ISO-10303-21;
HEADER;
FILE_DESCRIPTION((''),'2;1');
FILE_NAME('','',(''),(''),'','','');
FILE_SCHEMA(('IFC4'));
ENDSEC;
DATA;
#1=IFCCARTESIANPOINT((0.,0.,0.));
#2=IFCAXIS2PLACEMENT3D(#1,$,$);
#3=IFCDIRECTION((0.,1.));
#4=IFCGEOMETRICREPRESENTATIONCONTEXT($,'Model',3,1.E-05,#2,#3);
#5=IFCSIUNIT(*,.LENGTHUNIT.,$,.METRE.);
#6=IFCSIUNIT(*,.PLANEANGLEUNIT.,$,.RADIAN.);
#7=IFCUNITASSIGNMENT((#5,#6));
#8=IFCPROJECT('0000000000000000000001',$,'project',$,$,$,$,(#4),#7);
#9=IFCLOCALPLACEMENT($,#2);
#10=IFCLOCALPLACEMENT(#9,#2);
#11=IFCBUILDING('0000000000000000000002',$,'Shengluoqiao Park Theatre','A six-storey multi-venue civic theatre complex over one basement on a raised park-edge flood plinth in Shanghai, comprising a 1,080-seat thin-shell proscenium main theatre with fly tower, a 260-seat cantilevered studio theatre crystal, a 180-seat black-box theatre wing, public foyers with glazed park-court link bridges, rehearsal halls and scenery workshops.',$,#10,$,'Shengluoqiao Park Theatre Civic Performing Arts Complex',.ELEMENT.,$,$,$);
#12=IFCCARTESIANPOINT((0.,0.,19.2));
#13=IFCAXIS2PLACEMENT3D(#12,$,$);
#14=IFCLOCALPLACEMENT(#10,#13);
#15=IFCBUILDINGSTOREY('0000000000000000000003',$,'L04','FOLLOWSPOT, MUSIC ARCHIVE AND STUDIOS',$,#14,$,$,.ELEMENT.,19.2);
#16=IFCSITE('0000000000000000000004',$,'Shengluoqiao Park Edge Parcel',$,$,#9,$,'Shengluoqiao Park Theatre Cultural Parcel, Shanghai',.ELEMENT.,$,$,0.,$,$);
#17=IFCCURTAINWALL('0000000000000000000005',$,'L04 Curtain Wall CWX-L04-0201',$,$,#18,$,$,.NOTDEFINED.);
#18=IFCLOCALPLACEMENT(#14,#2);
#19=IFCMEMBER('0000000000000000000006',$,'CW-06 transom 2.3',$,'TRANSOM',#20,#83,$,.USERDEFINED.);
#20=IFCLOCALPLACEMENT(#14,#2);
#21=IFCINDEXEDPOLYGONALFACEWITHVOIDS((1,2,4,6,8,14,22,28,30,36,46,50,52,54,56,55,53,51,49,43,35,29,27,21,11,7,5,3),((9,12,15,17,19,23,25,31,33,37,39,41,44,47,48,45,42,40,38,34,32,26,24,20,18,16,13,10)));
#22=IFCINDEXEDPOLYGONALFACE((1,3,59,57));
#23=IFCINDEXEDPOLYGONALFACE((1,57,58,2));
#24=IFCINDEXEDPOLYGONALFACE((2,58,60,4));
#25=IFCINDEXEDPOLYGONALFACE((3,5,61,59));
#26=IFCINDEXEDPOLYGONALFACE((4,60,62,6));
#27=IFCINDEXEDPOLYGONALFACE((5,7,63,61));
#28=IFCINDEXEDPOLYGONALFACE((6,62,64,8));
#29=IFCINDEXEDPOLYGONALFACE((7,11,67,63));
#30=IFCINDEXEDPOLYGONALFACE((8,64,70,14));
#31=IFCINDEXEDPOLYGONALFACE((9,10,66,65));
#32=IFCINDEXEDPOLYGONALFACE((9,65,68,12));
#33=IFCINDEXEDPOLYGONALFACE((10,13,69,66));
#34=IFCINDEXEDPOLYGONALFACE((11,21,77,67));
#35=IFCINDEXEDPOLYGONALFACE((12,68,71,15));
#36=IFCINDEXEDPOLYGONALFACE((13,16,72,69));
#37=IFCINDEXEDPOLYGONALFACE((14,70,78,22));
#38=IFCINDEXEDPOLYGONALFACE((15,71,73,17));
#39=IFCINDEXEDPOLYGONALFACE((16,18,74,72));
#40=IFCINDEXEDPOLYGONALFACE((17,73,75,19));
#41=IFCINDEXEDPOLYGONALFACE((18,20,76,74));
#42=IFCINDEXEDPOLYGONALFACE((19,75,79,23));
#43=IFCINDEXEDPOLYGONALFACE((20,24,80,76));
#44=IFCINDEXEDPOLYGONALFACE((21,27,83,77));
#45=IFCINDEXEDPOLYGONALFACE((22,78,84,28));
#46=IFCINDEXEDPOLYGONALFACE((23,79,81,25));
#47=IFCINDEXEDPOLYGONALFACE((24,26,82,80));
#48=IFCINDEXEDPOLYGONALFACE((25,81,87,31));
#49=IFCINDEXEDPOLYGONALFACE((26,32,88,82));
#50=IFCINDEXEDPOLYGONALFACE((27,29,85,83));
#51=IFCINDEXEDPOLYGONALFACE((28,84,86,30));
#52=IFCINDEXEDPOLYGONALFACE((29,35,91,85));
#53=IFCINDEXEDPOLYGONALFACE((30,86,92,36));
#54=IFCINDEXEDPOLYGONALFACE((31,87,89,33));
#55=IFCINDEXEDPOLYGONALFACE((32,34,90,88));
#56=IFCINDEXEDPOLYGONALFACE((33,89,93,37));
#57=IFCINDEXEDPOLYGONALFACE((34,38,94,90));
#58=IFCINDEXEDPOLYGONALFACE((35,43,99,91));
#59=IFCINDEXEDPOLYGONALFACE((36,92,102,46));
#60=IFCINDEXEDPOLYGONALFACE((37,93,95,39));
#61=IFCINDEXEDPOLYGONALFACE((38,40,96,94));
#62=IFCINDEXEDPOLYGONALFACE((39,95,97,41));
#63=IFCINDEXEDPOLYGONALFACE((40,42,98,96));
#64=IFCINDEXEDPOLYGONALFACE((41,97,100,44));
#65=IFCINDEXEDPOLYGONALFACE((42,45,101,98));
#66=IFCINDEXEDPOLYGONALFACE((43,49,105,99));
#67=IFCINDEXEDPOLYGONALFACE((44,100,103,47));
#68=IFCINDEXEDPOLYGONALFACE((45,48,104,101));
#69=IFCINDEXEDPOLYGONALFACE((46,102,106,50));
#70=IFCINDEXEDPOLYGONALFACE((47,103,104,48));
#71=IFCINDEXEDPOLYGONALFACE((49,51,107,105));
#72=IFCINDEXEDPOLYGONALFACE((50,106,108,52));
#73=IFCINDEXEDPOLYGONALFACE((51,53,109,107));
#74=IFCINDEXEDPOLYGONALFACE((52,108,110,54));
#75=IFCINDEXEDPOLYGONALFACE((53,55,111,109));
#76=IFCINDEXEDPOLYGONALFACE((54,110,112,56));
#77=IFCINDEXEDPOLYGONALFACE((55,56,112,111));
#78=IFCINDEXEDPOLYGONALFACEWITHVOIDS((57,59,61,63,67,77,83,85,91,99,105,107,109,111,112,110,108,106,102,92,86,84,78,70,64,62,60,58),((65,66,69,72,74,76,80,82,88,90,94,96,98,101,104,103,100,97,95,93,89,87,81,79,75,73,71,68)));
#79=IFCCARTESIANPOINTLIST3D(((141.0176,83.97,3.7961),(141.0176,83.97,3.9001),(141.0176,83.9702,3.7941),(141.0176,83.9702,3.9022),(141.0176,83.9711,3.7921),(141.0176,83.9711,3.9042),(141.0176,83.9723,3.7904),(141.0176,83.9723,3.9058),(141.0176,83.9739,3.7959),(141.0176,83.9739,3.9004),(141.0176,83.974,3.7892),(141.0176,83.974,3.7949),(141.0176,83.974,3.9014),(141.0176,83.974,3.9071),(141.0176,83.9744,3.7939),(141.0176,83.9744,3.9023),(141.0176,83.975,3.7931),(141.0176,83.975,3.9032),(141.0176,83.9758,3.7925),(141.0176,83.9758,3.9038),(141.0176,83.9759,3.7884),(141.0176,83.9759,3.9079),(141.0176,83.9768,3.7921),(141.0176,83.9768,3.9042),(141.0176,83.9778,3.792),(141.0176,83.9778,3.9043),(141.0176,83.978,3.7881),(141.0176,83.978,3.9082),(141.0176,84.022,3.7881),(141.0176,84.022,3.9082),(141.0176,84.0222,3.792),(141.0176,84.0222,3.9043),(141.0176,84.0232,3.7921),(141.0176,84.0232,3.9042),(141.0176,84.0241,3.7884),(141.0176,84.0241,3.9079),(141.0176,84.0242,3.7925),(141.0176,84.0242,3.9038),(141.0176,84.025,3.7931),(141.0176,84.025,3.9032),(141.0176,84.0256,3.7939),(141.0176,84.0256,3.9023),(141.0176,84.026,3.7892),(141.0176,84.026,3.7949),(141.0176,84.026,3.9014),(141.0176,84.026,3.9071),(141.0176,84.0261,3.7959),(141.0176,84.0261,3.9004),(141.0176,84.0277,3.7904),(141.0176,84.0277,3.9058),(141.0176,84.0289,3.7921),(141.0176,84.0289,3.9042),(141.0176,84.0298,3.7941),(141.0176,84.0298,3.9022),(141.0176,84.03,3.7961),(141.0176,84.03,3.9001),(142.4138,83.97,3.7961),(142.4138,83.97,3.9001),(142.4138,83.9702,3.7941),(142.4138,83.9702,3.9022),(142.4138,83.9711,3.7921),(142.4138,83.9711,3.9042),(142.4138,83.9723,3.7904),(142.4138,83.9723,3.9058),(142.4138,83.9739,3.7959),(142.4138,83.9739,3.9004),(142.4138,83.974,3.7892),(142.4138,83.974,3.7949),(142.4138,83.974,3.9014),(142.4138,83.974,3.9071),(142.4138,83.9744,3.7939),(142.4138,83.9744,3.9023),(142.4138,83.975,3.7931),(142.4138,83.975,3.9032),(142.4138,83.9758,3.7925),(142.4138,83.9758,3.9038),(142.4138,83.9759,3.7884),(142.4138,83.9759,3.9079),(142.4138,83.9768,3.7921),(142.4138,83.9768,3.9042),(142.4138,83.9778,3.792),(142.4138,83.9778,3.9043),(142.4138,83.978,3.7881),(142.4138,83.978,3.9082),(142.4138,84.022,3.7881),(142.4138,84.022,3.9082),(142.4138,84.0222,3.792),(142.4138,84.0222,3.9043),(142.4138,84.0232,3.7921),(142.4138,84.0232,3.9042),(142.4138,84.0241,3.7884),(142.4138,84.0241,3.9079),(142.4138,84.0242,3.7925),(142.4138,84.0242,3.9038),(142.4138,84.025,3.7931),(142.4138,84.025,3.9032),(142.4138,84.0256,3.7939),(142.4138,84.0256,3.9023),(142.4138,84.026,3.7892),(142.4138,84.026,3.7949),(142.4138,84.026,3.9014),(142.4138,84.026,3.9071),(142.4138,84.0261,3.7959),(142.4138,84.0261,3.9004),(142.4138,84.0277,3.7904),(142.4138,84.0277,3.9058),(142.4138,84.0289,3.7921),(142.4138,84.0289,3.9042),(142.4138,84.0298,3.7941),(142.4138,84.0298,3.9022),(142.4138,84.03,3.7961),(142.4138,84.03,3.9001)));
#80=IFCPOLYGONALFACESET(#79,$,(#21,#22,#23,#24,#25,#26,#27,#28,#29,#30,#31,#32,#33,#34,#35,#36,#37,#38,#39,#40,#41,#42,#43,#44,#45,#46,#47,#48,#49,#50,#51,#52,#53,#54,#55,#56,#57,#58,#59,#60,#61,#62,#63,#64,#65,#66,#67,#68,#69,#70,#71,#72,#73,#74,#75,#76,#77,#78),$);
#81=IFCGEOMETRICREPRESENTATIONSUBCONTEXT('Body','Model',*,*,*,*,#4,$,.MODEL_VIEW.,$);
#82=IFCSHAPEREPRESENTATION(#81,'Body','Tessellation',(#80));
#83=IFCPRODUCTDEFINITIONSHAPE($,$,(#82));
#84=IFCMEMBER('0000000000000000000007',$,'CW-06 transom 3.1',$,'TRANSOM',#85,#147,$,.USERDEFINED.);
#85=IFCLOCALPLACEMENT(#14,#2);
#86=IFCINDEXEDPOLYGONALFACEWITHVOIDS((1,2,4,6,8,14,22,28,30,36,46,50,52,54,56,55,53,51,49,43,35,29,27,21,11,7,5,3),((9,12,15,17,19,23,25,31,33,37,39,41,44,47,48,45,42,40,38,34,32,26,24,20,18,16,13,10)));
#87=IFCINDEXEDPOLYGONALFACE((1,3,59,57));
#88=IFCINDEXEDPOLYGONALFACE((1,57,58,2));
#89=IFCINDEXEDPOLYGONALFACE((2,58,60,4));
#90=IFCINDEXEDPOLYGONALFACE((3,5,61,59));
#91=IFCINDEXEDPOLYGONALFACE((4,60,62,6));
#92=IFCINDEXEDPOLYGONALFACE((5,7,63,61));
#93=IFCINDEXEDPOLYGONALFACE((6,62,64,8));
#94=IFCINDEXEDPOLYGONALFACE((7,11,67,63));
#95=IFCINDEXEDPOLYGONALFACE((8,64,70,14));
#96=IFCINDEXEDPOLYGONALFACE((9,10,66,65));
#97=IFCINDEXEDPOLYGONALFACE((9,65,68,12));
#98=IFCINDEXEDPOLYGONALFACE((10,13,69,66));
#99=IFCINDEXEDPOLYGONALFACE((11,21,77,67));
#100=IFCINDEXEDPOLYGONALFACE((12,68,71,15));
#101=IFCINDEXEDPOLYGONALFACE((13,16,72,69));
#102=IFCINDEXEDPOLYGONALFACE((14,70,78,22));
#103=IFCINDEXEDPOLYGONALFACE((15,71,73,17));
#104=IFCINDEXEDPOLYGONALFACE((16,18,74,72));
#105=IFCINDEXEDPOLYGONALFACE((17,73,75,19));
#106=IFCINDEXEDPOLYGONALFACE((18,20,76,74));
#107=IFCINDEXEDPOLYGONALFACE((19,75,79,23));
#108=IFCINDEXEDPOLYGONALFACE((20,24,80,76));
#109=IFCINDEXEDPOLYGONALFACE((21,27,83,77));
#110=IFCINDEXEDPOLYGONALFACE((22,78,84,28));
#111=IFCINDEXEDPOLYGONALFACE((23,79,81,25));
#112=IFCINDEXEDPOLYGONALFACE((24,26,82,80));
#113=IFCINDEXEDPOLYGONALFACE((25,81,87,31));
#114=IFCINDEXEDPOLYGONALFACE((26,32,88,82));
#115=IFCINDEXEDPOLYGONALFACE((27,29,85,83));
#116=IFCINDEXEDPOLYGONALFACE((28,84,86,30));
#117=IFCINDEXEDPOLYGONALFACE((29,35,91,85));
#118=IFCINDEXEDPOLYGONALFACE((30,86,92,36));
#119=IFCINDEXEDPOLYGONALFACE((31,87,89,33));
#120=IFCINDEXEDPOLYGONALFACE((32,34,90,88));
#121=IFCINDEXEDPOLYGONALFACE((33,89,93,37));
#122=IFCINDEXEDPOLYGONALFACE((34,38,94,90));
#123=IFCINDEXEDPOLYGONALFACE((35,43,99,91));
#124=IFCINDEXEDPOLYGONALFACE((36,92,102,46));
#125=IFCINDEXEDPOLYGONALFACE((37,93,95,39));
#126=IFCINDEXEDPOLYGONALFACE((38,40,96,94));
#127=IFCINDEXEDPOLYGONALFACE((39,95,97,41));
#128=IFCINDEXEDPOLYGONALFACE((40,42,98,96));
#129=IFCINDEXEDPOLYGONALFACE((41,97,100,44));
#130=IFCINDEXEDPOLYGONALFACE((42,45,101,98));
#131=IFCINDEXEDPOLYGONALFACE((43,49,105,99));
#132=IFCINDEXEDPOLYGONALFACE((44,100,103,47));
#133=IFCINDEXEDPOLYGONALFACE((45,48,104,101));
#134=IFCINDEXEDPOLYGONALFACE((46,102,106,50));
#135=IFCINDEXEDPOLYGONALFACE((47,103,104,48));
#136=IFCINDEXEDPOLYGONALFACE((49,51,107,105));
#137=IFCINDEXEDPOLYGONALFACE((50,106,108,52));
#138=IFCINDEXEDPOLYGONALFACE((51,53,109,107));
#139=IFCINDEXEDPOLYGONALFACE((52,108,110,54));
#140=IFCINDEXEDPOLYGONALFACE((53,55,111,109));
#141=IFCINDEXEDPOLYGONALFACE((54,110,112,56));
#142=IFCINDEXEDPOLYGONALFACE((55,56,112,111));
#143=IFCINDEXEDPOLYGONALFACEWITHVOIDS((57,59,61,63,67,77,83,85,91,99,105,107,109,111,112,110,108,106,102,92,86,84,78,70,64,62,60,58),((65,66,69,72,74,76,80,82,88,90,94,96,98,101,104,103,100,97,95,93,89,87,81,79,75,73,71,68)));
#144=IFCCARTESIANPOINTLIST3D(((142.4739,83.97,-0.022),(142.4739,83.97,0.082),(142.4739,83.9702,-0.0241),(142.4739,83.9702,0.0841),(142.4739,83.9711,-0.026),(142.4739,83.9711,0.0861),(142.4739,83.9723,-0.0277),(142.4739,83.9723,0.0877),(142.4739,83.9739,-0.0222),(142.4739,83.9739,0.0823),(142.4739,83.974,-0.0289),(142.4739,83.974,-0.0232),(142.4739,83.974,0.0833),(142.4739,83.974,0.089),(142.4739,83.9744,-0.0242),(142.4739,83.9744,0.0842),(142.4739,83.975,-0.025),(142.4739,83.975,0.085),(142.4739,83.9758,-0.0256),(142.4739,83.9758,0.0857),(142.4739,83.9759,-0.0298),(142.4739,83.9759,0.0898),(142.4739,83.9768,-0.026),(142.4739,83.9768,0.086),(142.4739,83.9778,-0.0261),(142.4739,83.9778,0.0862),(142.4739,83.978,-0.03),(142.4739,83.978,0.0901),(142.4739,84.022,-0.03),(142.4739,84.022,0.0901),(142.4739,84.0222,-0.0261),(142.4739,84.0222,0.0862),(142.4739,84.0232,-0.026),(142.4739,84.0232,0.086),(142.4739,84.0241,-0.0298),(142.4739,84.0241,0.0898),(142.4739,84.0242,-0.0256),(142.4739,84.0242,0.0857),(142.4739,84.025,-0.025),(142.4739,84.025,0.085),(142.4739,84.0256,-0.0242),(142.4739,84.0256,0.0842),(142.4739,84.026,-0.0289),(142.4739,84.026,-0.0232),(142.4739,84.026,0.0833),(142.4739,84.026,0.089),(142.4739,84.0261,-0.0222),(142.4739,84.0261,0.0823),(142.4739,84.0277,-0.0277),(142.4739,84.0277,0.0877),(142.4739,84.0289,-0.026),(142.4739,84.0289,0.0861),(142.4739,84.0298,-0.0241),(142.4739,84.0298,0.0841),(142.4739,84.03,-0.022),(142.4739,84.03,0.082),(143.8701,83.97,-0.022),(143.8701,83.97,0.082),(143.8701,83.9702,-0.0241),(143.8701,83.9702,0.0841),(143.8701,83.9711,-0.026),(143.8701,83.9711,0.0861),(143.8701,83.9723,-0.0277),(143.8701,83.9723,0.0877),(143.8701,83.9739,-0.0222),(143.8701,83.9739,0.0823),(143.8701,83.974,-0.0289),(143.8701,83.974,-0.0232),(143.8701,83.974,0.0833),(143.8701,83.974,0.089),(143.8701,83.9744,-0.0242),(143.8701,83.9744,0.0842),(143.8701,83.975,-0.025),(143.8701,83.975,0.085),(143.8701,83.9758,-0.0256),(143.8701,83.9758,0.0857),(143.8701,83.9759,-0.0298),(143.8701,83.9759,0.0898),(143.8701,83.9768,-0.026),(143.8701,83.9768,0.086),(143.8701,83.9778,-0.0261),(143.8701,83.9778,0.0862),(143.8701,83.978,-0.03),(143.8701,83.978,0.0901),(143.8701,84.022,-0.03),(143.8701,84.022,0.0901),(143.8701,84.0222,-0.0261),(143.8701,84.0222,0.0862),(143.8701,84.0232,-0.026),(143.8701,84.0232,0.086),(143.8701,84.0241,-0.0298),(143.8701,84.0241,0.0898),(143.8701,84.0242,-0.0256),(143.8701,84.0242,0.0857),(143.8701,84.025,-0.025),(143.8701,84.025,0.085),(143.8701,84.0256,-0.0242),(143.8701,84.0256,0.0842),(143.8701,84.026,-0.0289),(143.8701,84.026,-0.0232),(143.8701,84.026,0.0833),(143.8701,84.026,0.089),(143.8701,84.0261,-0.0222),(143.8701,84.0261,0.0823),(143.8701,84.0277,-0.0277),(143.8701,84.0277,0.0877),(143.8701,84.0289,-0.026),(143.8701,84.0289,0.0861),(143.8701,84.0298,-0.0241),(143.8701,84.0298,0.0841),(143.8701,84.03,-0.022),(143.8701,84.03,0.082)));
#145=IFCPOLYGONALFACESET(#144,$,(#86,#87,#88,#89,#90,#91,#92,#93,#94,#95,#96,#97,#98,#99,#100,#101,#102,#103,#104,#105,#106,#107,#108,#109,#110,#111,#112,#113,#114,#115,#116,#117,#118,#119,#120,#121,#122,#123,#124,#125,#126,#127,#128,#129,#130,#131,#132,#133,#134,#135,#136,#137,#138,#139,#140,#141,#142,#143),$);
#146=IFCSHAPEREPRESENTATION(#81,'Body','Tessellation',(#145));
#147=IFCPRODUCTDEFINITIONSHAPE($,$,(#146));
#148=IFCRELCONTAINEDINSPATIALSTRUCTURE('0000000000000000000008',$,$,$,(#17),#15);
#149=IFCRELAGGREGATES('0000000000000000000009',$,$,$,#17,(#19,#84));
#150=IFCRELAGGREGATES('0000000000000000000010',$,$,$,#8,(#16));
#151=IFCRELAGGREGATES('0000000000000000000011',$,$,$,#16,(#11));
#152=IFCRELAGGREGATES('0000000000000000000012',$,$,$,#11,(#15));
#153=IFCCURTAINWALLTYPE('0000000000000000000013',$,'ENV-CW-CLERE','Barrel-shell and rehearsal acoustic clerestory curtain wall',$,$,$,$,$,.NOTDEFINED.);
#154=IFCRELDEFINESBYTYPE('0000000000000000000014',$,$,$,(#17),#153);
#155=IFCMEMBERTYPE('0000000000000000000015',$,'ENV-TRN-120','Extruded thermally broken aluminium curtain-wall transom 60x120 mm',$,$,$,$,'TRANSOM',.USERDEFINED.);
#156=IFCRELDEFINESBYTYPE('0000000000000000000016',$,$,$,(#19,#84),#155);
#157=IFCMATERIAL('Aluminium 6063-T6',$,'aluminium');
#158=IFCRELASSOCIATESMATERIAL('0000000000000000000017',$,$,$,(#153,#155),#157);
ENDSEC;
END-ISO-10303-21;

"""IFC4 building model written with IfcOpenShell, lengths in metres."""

from ifc_helpers import new_model, si_unit, direction, frame, origin, origin_2d, place, context, subcontext, project, spatial, hollow_rectangle, extrude, material, material_profile, profile_set, type_object, element, aggregate, save


model = new_model("IFC4")

# Units and contexts
model_context = context("Model", 3, precision=1e-05, world=origin(), true_north=direction((0.0, 1.0)))
body_context = subcontext(model_context, "Body", "Model", "MODEL_VIEW")
ifc_project = project(units=[si_unit("LENGTHUNIT", "METRE"), si_unit("PLANEANGLEUNIT", "RADIAN")], contexts=[model_context])

# Site, building, storey
site_placement = place(None, origin())
site = spatial("IfcSite", under=ifc_project, at=site_placement, Name="Shengluoqiao Park Edge Parcel", LongName="Shengluoqiao Park Theatre Cultural Parcel, Shanghai", CompositionType="ELEMENT", RefElevation=0.0)
building_placement = place(site_placement, origin())
building = spatial("IfcBuilding", under=site, at=building_placement, Name="Shengluoqiao Park Theatre", Description="A six-storey multi-venue civic theatre complex over one basement on a raised park-edge flood plinth in Shanghai, comprising a 1,080-seat thin-shell proscenium main theatre with fly tower, a 260-seat cantilevered studio theatre crystal, a 180-seat black-box theatre wing, public foyers with glazed park-court link bridges, rehearsal halls and scenery workshops.", LongName="Shengluoqiao Park Theatre Civic Performing Arts Complex", CompositionType="ELEMENT")
storey_placement = place(building_placement, frame((0.0, 0.0, 19.2)))
storey = spatial("IfcBuildingStorey", under=building, at=storey_placement, Name="L04", Description="FOLLOWSPOT, MUSIC ARCHIVE AND STUDIOS", CompositionType="ELEMENT", Elevation=19.2)

# Curtain wall, members
ifc_material_1 = material(Name="Aluminium 6063-T6", Category="aluminium")
curtain_wall_type = type_object("IfcCurtainWallType", Name="ENV-CW-CLERE", Description="Barrel-shell and rehearsal acoustic clerestory curtain wall", PredefinedType="NOTDEFINED", material=ifc_material_1)
curtain_wall_placement = place(storey_placement, origin())
curtain_wall = element("IfcCurtainWall", 1, at=curtain_wall_placement, inside=storey, type_object=curtain_wall_type, Name="L04 Curtain Wall CWX-L04-0201", PredefinedType="NOTDEFINED")
ifc_material_profile_1 = material_profile(ifc_material_1, hollow_rectangle(XDim=0.0601, YDim=0.1201, WallThickness=0.0039, InnerFilletRadius=0.0039, OuterFilletRadius=0.0081, at=origin_2d()), Name="ALU TRANSOM 120x60x4")
ifc_profile_set_1 = profile_set([ifc_material_profile_1], Name="Aluminium 6063-T6")
member_type_1 = type_object("IfcMemberType", Name="ENV-TRN-120", Description="Extruded thermally broken aluminium curtain-wall transom 60x120 mm", ElementType="TRANSOM", PredefinedType="USERDEFINED", material=ifc_profile_set_1)
member_1_placement = place(storey_placement, frame((141.0176, 84.0, 3.8481), z_axis=(1.0, 0.0, 0.0), x_axis=(0.0, 1.0, 0.0)))
member_1 = element("IfcMember", 2, at=member_1_placement, type_object=member_type_1, Name="CW-06 transom 2.3", ObjectType="TRANSOM", PredefinedType="USERDEFINED", context=body_context, shape_type="SweptSolid", body=[
    extrude(hollow_rectangle(XDim=0.0601, YDim=0.1201, WallThickness=0.0039, InnerFilletRadius=0.0039, OuterFilletRadius=0.0081, at=origin_2d()), origin(), (0.0, 0.0, 1.0), 1.3962),
])
member_2_placement = place(storey_placement, frame((142.4739, 84.0, 0.03), z_axis=(1.0, 0.0, 0.0), x_axis=(0.0, 1.0, 0.0)))
member_2 = element("IfcMember", 3, at=member_2_placement, type_object=member_type_1, Name="CW-06 transom 3.1", ObjectType="TRANSOM", PredefinedType="USERDEFINED", context=body_context, shape_type="SweptSolid", body=[
    extrude(hollow_rectangle(XDim=0.0601, YDim=0.1201, WallThickness=0.0039, InnerFilletRadius=0.0039, OuterFilletRadius=0.0081, at=origin_2d()), origin(), (0.0, 0.0, 1.0), 1.3962),
])

aggregate(curtain_wall, [member_1, member_2])

save(model, "model.ifc")
